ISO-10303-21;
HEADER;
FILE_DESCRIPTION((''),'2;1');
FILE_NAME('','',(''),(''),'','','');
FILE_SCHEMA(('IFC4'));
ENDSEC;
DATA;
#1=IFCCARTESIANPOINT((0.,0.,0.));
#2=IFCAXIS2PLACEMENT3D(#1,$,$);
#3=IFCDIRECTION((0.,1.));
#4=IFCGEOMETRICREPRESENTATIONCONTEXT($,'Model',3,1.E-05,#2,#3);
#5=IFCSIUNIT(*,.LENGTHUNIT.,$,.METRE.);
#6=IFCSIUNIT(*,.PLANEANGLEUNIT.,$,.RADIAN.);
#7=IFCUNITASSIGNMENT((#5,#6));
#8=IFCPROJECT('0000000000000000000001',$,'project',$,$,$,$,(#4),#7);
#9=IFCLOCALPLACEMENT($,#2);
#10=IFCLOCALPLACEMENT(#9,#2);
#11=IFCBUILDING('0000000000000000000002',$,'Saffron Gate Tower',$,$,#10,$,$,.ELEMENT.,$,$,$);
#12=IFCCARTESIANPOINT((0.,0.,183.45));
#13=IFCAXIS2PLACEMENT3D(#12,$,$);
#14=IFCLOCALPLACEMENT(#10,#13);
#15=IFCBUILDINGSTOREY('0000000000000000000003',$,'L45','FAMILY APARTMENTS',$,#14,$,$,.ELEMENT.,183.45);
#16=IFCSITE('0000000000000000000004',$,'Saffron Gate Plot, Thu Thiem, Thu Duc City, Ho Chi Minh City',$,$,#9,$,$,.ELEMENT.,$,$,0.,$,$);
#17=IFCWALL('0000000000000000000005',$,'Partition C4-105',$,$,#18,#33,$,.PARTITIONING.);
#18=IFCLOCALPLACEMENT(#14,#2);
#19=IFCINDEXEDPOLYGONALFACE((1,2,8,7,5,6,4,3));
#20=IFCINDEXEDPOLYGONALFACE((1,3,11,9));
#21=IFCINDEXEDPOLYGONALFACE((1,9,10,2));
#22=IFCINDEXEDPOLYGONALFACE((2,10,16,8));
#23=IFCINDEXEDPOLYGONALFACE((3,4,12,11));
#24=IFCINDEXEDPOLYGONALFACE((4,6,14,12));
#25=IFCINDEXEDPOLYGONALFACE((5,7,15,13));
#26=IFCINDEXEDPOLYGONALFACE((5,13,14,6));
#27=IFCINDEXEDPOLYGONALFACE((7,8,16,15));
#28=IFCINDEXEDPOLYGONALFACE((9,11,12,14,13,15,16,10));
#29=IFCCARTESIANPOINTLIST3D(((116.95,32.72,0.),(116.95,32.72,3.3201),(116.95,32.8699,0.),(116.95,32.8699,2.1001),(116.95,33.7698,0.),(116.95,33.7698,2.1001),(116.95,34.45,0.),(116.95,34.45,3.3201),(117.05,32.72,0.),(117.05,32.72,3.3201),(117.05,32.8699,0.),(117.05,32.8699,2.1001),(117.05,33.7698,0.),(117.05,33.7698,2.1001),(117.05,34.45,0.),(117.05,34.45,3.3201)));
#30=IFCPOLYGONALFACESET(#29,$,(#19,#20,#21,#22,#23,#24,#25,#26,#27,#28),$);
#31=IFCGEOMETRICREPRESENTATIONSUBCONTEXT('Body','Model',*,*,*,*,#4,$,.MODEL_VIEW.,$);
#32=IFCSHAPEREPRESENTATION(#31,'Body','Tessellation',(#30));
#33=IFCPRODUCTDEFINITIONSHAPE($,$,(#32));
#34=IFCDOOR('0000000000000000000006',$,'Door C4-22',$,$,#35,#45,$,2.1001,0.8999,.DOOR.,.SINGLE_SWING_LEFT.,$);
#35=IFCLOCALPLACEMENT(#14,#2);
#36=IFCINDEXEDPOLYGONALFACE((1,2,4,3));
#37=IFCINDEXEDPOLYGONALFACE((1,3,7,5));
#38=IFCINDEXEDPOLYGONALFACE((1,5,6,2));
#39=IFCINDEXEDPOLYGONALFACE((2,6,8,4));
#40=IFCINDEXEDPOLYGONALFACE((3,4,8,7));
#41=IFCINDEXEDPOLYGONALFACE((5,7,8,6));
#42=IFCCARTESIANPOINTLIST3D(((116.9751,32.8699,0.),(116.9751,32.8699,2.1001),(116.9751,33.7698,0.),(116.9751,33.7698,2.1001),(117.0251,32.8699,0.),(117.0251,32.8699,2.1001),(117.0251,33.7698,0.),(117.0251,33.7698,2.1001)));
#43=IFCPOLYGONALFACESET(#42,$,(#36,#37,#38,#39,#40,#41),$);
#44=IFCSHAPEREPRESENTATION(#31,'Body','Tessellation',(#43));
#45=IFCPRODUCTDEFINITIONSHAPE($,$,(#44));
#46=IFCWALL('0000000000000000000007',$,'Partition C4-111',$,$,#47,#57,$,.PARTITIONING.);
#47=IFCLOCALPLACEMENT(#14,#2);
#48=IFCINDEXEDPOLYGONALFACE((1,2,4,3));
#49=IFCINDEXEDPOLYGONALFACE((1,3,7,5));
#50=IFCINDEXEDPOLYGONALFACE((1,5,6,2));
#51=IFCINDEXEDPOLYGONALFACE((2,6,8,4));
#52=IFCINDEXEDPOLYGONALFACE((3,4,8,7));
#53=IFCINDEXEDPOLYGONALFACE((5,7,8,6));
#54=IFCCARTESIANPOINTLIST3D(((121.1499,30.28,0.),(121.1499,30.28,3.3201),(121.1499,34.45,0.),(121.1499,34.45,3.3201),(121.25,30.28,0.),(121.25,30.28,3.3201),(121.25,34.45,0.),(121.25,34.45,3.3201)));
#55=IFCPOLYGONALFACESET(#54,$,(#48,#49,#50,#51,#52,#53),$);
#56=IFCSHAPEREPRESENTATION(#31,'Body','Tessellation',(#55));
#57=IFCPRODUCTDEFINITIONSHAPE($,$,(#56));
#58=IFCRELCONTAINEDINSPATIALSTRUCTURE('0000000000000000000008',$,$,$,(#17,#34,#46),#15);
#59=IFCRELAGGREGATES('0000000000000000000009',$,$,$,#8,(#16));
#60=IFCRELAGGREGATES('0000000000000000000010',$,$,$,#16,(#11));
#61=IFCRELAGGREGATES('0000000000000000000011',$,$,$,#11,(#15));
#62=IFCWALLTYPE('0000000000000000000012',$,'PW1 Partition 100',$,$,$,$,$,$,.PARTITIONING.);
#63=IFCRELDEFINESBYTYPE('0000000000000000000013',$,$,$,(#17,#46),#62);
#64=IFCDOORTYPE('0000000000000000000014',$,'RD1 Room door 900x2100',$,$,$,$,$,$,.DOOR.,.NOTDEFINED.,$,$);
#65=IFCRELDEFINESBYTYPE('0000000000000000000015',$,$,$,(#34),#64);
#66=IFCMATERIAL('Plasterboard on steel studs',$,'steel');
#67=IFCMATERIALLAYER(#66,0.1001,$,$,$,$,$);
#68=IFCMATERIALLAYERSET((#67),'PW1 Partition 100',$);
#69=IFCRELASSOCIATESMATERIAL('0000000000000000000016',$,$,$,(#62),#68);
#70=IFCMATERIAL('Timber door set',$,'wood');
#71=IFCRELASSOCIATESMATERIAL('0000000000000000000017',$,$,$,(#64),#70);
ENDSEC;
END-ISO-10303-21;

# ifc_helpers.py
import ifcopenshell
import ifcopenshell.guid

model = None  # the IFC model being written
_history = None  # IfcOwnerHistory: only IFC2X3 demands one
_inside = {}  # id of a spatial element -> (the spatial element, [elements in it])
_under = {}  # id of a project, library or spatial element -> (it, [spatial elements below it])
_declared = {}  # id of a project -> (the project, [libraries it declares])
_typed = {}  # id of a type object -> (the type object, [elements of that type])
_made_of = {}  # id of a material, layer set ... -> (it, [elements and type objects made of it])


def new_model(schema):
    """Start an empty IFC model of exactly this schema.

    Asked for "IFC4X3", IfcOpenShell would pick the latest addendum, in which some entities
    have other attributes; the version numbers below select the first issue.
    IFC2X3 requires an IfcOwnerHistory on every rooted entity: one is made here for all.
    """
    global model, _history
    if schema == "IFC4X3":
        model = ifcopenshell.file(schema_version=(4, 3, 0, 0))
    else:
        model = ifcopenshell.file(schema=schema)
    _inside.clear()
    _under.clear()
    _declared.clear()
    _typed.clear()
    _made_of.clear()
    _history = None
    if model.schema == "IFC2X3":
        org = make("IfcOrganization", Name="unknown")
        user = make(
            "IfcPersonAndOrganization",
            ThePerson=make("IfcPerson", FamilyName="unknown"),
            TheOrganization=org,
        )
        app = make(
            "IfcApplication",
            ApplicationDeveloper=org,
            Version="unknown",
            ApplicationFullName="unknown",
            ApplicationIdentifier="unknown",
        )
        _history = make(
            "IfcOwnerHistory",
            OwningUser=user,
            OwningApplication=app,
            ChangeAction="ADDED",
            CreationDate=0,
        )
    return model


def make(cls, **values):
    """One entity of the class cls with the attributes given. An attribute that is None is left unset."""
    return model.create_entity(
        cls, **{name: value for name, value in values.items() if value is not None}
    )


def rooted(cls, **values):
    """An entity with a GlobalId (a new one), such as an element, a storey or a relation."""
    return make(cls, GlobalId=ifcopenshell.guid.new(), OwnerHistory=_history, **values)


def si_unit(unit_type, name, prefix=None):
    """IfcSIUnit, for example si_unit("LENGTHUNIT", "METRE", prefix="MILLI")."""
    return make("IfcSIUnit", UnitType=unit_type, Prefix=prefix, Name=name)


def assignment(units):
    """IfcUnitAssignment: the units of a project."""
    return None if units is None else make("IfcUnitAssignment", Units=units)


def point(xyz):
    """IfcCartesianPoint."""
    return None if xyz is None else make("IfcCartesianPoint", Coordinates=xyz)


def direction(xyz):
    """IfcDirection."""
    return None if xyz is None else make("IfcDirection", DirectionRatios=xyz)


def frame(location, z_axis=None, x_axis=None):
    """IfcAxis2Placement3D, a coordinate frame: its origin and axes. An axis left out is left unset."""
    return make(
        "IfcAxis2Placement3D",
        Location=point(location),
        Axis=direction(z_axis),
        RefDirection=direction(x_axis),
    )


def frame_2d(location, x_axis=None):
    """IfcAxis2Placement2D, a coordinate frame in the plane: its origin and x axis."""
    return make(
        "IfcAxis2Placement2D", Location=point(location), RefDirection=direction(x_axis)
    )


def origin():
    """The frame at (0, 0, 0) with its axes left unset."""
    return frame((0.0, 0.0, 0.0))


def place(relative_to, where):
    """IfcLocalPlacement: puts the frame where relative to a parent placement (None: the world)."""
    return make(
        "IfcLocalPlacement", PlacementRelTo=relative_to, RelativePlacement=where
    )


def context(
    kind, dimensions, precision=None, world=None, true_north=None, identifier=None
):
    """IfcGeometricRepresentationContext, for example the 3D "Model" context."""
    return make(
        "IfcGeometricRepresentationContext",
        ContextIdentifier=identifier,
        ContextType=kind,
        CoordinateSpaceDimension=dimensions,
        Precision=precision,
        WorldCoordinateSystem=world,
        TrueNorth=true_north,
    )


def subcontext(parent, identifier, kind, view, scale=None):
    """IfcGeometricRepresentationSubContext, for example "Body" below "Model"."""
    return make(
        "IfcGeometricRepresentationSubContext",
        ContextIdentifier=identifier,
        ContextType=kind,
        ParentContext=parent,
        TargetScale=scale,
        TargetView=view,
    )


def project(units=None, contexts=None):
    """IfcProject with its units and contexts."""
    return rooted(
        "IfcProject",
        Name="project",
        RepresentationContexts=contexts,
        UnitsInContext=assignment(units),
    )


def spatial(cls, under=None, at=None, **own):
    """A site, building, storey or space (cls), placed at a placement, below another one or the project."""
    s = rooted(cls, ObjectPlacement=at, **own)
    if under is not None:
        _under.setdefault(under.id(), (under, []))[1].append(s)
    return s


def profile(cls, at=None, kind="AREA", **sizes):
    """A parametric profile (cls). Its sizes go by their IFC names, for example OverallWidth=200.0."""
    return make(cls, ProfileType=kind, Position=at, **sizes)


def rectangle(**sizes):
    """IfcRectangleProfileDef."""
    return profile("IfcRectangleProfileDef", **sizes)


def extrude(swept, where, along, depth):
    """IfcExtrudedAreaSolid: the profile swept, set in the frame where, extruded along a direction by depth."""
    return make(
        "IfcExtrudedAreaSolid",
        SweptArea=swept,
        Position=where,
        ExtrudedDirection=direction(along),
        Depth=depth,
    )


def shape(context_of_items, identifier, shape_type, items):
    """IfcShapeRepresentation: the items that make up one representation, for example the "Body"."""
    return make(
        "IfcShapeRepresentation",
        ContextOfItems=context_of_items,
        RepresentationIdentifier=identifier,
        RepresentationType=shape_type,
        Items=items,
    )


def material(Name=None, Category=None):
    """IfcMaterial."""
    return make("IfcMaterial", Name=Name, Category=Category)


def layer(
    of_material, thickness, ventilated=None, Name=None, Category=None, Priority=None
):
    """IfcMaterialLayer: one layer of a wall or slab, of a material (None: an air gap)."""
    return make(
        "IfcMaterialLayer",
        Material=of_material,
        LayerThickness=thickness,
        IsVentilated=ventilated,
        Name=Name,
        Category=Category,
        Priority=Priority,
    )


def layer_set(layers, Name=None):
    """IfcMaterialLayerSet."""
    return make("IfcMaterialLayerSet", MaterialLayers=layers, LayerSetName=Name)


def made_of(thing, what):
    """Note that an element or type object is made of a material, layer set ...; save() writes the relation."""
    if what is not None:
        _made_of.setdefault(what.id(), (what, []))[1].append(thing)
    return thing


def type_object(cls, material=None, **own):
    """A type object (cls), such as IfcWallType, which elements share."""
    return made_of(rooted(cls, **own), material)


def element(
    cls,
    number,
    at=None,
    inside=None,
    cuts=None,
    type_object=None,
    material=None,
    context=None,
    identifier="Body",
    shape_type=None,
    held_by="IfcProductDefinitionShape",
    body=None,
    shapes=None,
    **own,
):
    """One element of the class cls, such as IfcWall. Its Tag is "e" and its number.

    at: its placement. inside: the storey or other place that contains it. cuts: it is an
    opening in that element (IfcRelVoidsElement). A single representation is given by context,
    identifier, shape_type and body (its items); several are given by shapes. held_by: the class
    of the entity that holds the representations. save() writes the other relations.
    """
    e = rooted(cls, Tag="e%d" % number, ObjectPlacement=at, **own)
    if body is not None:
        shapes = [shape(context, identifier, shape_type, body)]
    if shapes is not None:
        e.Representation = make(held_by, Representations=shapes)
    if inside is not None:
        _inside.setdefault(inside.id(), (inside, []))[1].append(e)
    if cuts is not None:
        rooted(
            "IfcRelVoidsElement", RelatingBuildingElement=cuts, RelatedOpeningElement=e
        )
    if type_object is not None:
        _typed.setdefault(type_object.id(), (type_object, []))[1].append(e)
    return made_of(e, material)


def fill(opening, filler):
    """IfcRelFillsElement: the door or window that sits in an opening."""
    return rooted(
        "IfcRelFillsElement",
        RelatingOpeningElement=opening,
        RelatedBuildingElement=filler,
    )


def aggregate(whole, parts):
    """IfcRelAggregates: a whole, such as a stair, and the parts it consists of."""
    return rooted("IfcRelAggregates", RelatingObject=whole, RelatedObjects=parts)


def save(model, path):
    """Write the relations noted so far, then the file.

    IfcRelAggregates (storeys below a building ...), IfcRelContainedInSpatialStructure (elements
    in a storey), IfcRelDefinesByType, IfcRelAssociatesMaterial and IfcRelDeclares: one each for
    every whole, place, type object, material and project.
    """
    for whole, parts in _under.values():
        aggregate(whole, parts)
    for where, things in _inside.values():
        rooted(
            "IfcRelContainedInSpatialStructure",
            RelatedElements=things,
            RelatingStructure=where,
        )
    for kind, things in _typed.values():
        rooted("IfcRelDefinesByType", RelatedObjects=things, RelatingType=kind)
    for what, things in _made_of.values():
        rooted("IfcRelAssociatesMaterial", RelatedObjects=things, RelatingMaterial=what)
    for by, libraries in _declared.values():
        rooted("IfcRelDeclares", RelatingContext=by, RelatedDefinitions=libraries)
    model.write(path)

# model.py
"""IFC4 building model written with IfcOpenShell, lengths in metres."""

from ifc_helpers import new_model, si_unit, direction, frame, frame_2d, origin, place, context, subcontext, project, spatial, rectangle, extrude, material, layer, layer_set, type_object, element, fill, save


model = new_model("IFC4")

# Units and contexts
model_context = context("Model", 3, precision=1e-05, world=origin(), true_north=direction((0.0, 1.0)))
body_context = subcontext(model_context, "Body", "Model", "MODEL_VIEW")
ifc_project = project(units=[si_unit("LENGTHUNIT", "METRE"), si_unit("PLANEANGLEUNIT", "RADIAN")], contexts=[model_context])

# Site, building, storey
site_placement = place(None, origin())
site = spatial("IfcSite", under=ifc_project, at=site_placement, Name="Saffron Gate Plot, Thu Thiem, Thu Duc City, Ho Chi Minh City", CompositionType="ELEMENT", RefElevation=0.0)
building_placement = place(site_placement, origin())
building = spatial("IfcBuilding", under=site, at=building_placement, Name="Saffron Gate Tower", CompositionType="ELEMENT")
storey_placement = place(building_placement, frame((0.0, 0.0, 183.45)))
storey = spatial("IfcBuildingStorey", under=building, at=storey_placement, Name="L45", Description="FAMILY APARTMENTS", CompositionType="ELEMENT", Elevation=183.45)

# Shared definitions
ifc_material_1 = material(Name="Plasterboard on steel studs", Category="steel")
ifc_layer_1 = layer(ifc_material_1, 0.1001)
ifc_layer_set_1 = layer_set([ifc_layer_1], Name="PW1 Partition 100")
wall_type = type_object("IfcWallType", Name="PW1 Partition 100", PredefinedType="PARTITIONING", material=ifc_layer_set_1)
ifc_material_2 = material(Name="Timber door set", Category="wood")
door_type = type_object("IfcDoorType", Name="RD1 Room door 900x2100", OperationType="NOTDEFINED", PredefinedType="DOOR", material=ifc_material_2)

# Wall, opening, door
wall_1_placement = place(storey_placement, frame((117.0, 32.72, 0.0), z_axis=(0.0, 0.0, 1.0), x_axis=(0.0, 1.0, 0.0)))
wall_1 = element("IfcWall", 1, at=wall_1_placement, inside=storey, type_object=wall_type, Name="Partition C4-105", PredefinedType="PARTITIONING", context=body_context, shape_type="SweptSolid", body=[
    extrude(rectangle(XDim=1.73, YDim=0.1001, at=frame_2d((0.865, 0.0))), origin(), (0.0, 0.0, 1.0), 3.3201),
])
opening_1_placement = place(wall_1_placement, frame((0.1499, 0.0, 0.0)))
opening_1 = element("IfcOpeningElement", 2, at=opening_1_placement, cuts=wall_1, PredefinedType="OPENING", context=body_context, shape_type="SweptSolid", body=[
    extrude(rectangle(XDim=0.8999, YDim=2.1001, at=frame_2d((0.45, 1.05))), frame((0.0, 0.0601, 0.0), z_axis=(0.0, -1.0, 0.0), x_axis=(1.0, 0.0, 0.0)), (0.0, 0.0, 1.0), 0.1201),
])
door_1_placement = place(opening_1_placement, origin())
door_1 = element("IfcDoor", 3, at=door_1_placement, inside=storey, type_object=door_type, Name="Door C4-22", OperationType="SINGLE_SWING_LEFT", OverallHeight=2.1001, OverallWidth=0.8999, PredefinedType="DOOR", context=body_context, shape_type="SweptSolid", body=[
    extrude(rectangle(XDim=0.8999, YDim=2.1001, at=frame_2d((0.45, 1.05))), frame((0.0, 0.0249, 0.0), z_axis=(0.0, -1.0, 0.0), x_axis=(1.0, 0.0, 0.0)), (0.0, 0.0, 1.0), 0.05),
])
fill(opening_1, door_1)

# Wall
wall_2_placement = place(storey_placement, frame((121.2, 34.45, 0.0), z_axis=(0.0, 0.0, 1.0), x_axis=(0.0, -1.0, 0.0)))
element("IfcWall", 4, at=wall_2_placement, inside=storey, type_object=wall_type, Name="Partition C4-111", PredefinedType="PARTITIONING", context=body_context, shape_type="SweptSolid", body=[
    extrude(rectangle(XDim=4.1699, YDim=0.1001, at=frame_2d((2.085, 0.0))), origin(), (0.0, 0.0, 1.0), 3.3201),
])

save(model, "model.ifc")
